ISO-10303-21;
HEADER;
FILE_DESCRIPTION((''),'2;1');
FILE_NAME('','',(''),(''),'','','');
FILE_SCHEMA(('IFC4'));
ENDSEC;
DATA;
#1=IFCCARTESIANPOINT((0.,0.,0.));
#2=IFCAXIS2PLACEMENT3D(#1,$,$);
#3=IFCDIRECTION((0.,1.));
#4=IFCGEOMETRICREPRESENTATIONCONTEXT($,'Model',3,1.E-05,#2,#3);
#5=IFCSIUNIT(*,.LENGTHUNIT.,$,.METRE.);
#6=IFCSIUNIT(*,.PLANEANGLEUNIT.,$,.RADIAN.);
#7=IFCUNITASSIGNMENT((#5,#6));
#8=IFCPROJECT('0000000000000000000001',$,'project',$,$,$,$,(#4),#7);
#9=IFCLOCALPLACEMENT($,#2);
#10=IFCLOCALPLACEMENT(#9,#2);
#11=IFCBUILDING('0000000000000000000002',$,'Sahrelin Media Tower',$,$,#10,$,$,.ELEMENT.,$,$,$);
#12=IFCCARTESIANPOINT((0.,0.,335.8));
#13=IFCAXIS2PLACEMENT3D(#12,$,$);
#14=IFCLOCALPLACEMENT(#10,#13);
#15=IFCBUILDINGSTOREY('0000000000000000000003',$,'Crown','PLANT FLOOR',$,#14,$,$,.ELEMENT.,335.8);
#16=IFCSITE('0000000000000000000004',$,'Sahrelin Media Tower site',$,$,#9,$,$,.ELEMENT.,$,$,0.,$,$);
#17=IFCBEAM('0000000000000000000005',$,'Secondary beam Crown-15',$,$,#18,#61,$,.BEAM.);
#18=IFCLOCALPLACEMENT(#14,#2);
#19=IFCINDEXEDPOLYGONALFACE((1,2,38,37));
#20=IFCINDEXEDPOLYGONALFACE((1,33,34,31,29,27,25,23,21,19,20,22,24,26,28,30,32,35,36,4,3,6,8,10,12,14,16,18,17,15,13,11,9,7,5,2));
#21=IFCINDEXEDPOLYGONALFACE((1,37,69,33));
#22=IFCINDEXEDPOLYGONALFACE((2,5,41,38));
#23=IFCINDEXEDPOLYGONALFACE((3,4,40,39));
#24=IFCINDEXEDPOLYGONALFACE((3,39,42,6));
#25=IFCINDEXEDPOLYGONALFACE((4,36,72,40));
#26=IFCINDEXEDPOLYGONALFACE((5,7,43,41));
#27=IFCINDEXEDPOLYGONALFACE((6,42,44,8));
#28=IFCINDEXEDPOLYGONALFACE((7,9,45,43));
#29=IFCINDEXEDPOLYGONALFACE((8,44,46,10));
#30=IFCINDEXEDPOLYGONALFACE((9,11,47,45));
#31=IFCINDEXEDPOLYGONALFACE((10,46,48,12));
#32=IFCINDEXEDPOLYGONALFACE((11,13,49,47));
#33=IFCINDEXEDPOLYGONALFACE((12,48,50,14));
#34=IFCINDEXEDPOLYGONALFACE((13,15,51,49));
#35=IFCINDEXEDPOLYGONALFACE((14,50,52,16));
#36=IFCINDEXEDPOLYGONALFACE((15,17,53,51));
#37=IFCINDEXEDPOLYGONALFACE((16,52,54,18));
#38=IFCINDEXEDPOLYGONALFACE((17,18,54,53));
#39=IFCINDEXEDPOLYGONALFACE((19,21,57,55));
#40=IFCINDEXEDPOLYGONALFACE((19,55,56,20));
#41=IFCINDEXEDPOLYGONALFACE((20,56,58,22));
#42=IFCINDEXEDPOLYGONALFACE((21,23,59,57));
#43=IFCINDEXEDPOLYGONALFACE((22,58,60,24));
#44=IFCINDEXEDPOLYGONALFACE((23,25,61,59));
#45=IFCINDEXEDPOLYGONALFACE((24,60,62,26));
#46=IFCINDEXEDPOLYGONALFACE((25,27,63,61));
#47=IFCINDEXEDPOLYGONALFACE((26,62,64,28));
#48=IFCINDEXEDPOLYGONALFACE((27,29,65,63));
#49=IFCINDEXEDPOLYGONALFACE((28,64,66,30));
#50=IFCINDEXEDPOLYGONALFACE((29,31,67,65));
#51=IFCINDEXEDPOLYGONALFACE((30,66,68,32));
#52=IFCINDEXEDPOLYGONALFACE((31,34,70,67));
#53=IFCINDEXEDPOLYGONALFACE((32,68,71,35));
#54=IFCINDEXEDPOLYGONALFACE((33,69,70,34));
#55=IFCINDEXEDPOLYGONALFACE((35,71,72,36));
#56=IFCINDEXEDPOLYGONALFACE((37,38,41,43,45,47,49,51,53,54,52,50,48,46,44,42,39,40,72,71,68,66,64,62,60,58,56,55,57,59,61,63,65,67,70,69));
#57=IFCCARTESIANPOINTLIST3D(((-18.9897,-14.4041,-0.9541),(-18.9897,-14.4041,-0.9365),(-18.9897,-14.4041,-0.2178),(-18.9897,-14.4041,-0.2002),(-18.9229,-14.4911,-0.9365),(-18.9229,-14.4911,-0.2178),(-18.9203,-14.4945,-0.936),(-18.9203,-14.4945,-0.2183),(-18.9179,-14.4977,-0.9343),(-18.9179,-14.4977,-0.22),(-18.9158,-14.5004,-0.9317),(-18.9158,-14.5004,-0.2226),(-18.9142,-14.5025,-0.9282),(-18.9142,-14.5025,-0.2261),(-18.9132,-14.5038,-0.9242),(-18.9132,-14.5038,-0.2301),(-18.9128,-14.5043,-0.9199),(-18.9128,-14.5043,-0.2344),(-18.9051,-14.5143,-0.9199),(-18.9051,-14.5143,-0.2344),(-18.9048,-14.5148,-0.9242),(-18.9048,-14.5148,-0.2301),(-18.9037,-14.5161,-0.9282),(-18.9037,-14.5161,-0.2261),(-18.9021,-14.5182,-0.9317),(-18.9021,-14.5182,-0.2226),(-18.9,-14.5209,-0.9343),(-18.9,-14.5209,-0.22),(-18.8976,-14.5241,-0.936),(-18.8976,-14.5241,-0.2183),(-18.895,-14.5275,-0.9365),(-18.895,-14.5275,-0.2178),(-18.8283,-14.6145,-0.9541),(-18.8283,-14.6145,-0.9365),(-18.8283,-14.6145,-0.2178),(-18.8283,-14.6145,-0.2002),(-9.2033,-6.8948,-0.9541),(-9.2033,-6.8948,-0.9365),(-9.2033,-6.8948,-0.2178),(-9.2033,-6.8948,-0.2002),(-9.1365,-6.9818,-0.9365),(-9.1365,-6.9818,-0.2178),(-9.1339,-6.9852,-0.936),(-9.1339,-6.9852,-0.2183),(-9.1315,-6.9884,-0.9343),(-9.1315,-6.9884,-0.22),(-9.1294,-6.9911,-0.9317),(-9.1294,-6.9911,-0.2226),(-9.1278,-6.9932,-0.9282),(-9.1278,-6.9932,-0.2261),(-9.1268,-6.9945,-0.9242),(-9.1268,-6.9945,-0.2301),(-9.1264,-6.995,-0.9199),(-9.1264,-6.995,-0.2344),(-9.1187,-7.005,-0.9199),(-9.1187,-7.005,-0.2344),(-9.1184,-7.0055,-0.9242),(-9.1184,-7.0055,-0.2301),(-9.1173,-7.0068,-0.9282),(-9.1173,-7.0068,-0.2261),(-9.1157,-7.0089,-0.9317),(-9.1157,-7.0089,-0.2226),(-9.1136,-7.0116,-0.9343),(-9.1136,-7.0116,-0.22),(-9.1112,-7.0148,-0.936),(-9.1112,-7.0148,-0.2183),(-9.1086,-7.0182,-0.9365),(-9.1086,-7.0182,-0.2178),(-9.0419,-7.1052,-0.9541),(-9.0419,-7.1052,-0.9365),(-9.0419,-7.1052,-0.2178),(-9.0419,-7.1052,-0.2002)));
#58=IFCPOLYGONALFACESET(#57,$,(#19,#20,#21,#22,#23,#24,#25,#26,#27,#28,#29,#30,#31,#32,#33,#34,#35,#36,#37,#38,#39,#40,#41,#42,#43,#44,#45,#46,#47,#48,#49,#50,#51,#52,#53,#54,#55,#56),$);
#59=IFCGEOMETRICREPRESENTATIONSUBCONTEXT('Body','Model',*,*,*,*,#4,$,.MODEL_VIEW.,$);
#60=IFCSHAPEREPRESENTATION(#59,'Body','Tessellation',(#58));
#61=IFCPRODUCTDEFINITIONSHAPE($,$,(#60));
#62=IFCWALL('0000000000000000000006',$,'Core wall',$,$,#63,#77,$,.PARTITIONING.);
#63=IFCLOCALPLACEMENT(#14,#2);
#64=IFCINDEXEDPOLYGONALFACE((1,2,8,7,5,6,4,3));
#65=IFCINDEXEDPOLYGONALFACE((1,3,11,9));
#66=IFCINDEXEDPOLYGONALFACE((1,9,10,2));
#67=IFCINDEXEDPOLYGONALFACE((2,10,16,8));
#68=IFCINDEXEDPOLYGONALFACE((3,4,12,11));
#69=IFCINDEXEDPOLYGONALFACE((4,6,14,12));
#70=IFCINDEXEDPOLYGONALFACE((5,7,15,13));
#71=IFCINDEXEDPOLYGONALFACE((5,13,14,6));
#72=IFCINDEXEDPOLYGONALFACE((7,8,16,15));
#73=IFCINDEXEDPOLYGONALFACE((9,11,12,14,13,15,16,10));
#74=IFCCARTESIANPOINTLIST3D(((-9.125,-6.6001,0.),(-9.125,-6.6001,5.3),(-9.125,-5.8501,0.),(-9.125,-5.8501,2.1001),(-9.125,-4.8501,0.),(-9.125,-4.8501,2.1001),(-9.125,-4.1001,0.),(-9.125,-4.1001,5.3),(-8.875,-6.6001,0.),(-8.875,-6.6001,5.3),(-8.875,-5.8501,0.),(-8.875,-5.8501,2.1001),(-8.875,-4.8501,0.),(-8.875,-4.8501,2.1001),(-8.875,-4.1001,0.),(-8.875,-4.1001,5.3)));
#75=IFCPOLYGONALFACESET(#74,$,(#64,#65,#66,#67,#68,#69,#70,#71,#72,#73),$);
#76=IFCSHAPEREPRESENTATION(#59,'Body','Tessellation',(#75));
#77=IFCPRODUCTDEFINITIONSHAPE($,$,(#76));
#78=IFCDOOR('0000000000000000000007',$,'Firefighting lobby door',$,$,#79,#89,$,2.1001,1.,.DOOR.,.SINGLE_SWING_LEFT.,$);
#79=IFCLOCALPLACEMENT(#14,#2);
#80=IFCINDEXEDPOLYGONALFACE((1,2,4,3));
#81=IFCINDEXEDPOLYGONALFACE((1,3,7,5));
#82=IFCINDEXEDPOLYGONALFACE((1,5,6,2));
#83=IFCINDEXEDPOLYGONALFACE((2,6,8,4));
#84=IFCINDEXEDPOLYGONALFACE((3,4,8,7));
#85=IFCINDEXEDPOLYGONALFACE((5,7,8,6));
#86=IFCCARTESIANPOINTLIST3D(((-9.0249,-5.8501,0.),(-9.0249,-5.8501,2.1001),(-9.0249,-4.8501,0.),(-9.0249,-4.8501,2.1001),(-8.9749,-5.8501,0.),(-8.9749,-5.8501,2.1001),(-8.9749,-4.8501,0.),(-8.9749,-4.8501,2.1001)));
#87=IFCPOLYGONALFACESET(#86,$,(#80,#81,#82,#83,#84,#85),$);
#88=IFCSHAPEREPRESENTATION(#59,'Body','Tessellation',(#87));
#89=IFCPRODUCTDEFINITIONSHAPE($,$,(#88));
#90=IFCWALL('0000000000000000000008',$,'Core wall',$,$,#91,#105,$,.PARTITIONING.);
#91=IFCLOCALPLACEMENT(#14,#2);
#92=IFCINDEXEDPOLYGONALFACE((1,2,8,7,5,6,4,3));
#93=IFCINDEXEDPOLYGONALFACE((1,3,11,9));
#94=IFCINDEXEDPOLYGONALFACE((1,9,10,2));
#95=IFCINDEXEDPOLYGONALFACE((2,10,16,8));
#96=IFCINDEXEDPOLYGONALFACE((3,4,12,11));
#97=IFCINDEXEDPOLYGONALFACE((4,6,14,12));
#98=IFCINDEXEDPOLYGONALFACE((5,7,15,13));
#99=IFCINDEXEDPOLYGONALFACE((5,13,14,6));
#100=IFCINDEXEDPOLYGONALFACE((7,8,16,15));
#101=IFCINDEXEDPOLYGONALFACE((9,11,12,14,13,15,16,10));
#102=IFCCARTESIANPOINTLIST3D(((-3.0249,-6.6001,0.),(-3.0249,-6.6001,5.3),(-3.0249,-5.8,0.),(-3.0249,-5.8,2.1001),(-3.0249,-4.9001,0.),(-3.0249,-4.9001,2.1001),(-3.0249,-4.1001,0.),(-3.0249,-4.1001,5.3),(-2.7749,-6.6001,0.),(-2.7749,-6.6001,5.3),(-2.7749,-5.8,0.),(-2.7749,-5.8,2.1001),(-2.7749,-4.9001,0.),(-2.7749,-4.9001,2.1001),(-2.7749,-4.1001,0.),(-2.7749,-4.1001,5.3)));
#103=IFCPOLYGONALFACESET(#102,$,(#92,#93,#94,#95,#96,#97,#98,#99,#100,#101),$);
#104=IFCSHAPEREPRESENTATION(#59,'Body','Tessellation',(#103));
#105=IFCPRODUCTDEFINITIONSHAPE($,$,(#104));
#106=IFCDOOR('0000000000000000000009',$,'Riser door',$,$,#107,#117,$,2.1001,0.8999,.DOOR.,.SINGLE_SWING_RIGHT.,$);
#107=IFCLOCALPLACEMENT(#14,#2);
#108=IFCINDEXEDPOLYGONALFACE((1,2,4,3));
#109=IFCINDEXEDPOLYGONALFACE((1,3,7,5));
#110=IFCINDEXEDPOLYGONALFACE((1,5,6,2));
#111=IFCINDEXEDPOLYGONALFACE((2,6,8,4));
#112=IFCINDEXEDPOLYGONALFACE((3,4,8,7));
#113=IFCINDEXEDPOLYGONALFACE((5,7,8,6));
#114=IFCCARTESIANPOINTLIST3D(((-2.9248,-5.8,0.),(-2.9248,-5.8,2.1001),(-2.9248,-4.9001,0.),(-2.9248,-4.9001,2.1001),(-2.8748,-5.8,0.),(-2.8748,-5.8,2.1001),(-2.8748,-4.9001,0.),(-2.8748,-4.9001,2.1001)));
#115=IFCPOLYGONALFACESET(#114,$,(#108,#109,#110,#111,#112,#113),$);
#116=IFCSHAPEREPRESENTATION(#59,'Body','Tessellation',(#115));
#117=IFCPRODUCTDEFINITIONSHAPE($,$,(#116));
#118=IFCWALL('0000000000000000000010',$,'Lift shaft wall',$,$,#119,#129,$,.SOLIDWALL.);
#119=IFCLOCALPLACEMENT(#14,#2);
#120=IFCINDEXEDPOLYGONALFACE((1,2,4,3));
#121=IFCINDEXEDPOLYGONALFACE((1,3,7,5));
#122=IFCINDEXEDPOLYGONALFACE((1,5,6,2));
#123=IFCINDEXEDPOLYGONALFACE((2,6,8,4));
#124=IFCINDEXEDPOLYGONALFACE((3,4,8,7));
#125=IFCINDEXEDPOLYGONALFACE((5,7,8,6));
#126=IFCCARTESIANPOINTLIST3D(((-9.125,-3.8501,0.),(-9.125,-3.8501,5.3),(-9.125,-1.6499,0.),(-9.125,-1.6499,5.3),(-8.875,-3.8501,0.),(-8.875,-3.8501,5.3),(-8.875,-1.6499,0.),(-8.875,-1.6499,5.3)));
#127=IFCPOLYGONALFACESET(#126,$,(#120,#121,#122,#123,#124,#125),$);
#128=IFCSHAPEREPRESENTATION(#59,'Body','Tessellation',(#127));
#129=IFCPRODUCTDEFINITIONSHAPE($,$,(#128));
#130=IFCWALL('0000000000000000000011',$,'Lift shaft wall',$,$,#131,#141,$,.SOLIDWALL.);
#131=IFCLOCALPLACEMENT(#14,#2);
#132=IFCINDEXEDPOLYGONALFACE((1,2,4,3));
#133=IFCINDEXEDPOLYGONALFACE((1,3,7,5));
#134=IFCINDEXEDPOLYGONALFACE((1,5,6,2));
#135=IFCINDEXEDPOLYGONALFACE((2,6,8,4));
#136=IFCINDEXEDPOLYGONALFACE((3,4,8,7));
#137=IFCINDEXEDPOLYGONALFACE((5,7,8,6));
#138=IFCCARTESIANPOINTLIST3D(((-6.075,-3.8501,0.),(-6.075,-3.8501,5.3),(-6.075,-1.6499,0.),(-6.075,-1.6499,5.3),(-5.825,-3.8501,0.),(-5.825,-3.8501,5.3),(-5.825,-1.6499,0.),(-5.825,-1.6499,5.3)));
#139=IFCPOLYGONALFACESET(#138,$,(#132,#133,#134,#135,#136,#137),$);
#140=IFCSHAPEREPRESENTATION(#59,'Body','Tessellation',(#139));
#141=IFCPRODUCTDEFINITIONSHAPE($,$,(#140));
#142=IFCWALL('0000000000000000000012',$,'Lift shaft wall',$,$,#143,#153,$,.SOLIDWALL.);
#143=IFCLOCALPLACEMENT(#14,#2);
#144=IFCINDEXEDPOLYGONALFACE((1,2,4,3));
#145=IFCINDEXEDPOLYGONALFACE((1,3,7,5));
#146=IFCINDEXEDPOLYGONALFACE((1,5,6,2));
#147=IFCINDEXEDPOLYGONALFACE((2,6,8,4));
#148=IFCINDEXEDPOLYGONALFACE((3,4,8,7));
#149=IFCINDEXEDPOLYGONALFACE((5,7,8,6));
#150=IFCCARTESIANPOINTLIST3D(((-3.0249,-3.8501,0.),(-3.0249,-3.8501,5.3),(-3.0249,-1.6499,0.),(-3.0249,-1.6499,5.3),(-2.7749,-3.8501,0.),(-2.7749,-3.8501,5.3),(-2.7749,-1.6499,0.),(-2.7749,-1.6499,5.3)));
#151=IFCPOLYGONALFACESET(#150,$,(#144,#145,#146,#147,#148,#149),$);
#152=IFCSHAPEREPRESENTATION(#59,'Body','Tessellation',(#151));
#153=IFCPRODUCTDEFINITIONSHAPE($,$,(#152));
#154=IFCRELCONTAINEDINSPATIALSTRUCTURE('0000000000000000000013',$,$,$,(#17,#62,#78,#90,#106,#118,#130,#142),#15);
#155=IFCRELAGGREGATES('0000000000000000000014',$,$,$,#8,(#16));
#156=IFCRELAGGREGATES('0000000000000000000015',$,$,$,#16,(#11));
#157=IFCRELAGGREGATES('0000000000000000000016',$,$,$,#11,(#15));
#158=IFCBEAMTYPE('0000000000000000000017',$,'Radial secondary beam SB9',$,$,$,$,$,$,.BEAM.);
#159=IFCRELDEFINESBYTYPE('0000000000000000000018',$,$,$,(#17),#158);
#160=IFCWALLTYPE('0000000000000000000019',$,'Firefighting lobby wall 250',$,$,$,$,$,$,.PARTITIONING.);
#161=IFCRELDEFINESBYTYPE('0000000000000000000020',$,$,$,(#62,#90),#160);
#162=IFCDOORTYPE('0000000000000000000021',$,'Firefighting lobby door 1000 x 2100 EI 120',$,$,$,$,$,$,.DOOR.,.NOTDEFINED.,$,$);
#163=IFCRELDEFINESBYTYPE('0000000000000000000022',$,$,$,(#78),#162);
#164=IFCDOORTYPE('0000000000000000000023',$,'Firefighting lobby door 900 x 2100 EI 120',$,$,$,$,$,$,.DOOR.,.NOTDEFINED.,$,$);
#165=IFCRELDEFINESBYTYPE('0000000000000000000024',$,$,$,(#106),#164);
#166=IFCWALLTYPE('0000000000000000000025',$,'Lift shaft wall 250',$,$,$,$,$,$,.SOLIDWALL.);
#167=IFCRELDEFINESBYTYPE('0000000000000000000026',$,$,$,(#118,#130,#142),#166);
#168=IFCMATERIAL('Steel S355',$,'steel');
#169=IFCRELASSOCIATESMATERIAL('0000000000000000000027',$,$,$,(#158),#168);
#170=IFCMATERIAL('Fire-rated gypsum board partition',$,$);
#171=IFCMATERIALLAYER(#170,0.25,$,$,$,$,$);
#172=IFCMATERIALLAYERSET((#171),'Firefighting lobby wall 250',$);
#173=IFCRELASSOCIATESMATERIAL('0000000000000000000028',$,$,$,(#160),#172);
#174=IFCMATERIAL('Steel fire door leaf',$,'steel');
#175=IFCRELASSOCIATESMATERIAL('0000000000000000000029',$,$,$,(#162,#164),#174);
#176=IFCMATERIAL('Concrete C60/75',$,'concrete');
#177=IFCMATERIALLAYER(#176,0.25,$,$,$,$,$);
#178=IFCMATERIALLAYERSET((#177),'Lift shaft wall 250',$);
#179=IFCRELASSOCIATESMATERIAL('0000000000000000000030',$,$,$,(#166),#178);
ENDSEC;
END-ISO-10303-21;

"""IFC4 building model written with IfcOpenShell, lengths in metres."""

from ifc_helpers import new_model, si_unit, direction, frame, frame_2d, origin, origin_2d, place, context, subcontext, project, spatial, rectangle, i_section, extrude, material, layer, layer_set, material_profile, profile_set, type_object, element, fill, save


model = new_model("IFC4")

# Units and contexts
model_context = context("Model", 3, precision=1e-05, world=origin(), true_north=direction((0.0, 1.0)))
body_context = subcontext(model_context, "Body", "Model", "MODEL_VIEW")
ifc_project = project(units=[si_unit("LENGTHUNIT", "METRE"), si_unit("PLANEANGLEUNIT", "RADIAN")], contexts=[model_context])

# Site, building, storey
site_placement = place(None, origin())
site = spatial("IfcSite", under=ifc_project, at=site_placement, Name="Sahrelin Media Tower site", CompositionType="ELEMENT", RefElevation=0.0)
building_placement = place(site_placement, origin())
building = spatial("IfcBuilding", under=site, at=building_placement, Name="Sahrelin Media Tower", CompositionType="ELEMENT")
storey_placement = place(building_placement, frame((0.0, 0.0, 335.8)))
storey = spatial("IfcBuildingStorey", under=building, at=storey_placement, Name="Crown", Description="PLANT FLOOR", CompositionType="ELEMENT", Elevation=335.8)

# Beam
ifc_material_1 = material(Name="Steel S355", Category="steel")
ifc_material_profile_1 = material_profile(ifc_material_1, i_section(OverallWidth=0.2651, OverallDepth=0.7539, WebThickness=0.0127, FlangeThickness=0.0176, FilletRadius=0.0166, at=origin_2d()), Name="UB 762x267x147")
ifc_profile_set_1 = profile_set([ifc_material_profile_1], Name="Steel S355")
beam_type_1 = type_object("IfcBeamType", Name="Radial secondary beam SB9", PredefinedType="BEAM", material=ifc_profile_set_1)
beam_1_placement = place(storey_placement, frame((-9.1226, -7.0, -0.5771), z_axis=(-0.793356, -0.608758, 0.0), x_axis=(0.608758, -0.793356, 0.0)))
element("IfcBeam", 1, at=beam_1_placement, inside=storey, type_object=beam_type_1, Name="Secondary beam Crown-15", PredefinedType="BEAM", context=body_context, shape_type="SweptSolid", body=[
    extrude(i_section(OverallWidth=0.2651, OverallDepth=0.7539, WebThickness=0.0127, FlangeThickness=0.0176, FilletRadius=0.0166, at=origin_2d()), origin(), (0.0, 0.0, 1.0), 12.3354),
])

# Walls, openings, doors
ifc_material_2 = material(Name="Fire-rated gypsum board partition")
ifc_layer_1 = layer(ifc_material_2, 0.25)
ifc_layer_set_1 = layer_set([ifc_layer_1], Name="Firefighting lobby wall 250")
wall_type_1 = type_object("IfcWallType", Name="Firefighting lobby wall 250", PredefinedType="PARTITIONING", material=ifc_layer_set_1)
wall_1_placement = place(storey_placement, frame((-9.0, -6.6001, 0.0), z_axis=(0.0, 0.0, 1.0), x_axis=(0.0, 1.0, 0.0)))
wall_1 = element("IfcWall", 2, at=wall_1_placement, inside=storey, type_object=wall_type_1, Name="Core wall", PredefinedType="PARTITIONING", context=body_context, shape_type="SweptSolid", body=[
    extrude(rectangle(XDim=2.5, YDim=0.25, at=frame_2d((1.25, 0.0))), origin(), (0.0, 0.0, 1.0), 5.3),
])
opening_1_placement = place(wall_1_placement, frame((0.75, 0.0, 0.0)))
opening_1 = element("IfcOpeningElement", 3, at=opening_1_placement, cuts=wall_1, PredefinedType="OPENING", context=body_context, shape_type="SweptSolid", body=[
    extrude(rectangle(XDim=1.0, YDim=2.1001, at=frame_2d((0.5, 1.05))), frame((0.0, 0.125, 0.0), z_axis=(0.0, -1.0, 0.0), x_axis=(1.0, 0.0, 0.0)), (0.0, 0.0, 1.0), 0.25),
])
ifc_material_3 = material(Name="Steel fire door leaf", Category="steel")
door_type_1 = type_object("IfcDoorType", Name="Firefighting lobby door 1000 x 2100 EI 120", OperationType="NOTDEFINED", PredefinedType="DOOR", material=ifc_material_3)
door_1_placement = place(opening_1_placement, origin())
door_1 = element("IfcDoor", 4, at=door_1_placement, inside=storey, type_object=door_type_1, Name="Firefighting lobby door", OperationType="SINGLE_SWING_LEFT", OverallHeight=2.1001, OverallWidth=1.0, PredefinedType="DOOR", context=body_context, shape_type="SweptSolid", body=[
    extrude(rectangle(XDim=1.0, YDim=2.1001, at=frame_2d((0.5, 1.05))), frame((0.0, 0.0249, 0.0), z_axis=(0.0, -1.0, 0.0), x_axis=(1.0, 0.0, 0.0)), (0.0, 0.0, 1.0), 0.05),
])
fill(opening_1, door_1)
wall_2_placement = place(storey_placement, frame((-2.8999, -6.6001, 0.0), z_axis=(0.0, 0.0, 1.0), x_axis=(0.0, 1.0, 0.0)))
wall_2 = element("IfcWall", 5, at=wall_2_placement, inside=storey, type_object=wall_type_1, Name="Core wall", PredefinedType="PARTITIONING", context=body_context, shape_type="SweptSolid", body=[
    extrude(rectangle(XDim=2.5, YDim=0.25, at=frame_2d((1.25, 0.0))), origin(), (0.0, 0.0, 1.0), 5.3),
])
opening_2_placement = place(wall_2_placement, frame((0.8, 0.0, 0.0)))
opening_2 = element("IfcOpeningElement", 6, at=opening_2_placement, cuts=wall_2, PredefinedType="OPENING", context=body_context, shape_type="SweptSolid", body=[
    extrude(rectangle(XDim=0.8999, YDim=2.1001, at=frame_2d((0.45, 1.05))), frame((0.0, 0.125, 0.0), z_axis=(0.0, -1.0, 0.0), x_axis=(1.0, 0.0, 0.0)), (0.0, 0.0, 1.0), 0.25),
])
door_type_2 = type_object("IfcDoorType", Name="Firefighting lobby door 900 x 2100 EI 120", OperationType="NOTDEFINED", PredefinedType="DOOR", material=ifc_material_3)
door_2_placement = place(opening_2_placement, origin())
door_2 = element("IfcDoor", 7, at=door_2_placement, inside=storey, type_object=door_type_2, Name="Riser door", OperationType="SINGLE_SWING_RIGHT", OverallHeight=2.1001, OverallWidth=0.8999, PredefinedType="DOOR", context=body_context, shape_type="SweptSolid", body=[
    extrude(rectangle(XDim=0.8999, YDim=2.1001, at=frame_2d((0.45, 1.05))), frame((0.0, 0.0249, 0.0), z_axis=(0.0, -1.0, 0.0), x_axis=(1.0, 0.0, 0.0)), (0.0, 0.0, 1.0), 0.05),
])
fill(opening_2, door_2)

# Walls
ifc_material_4 = material(Name="Concrete C60/75", Category="concrete")
ifc_layer_2 = layer(ifc_material_4, 0.25)
ifc_layer_set_2 = layer_set([ifc_layer_2], Name="Lift shaft wall 250")
wall_type_2 = type_object("IfcWallType", Name="Lift shaft wall 250", PredefinedType="SOLIDWALL", material=ifc_layer_set_2)
for number, where, z_axis, x_axis, name in (
    (8, (-9.0, -3.8501, 0.0), (0.0, 0.0, 1.0), (0.0, 1.0, 0.0), "Lift shaft wall"),
    (9, (-5.95, -3.8501, 0.0), (0.0, 0.0, 1.0), (0.0, 1.0, 0.0), "Lift shaft wall"),
    (10, (-2.8999, -3.8501, 0.0), (0.0, 0.0, 1.0), (0.0, 1.0, 0.0), "Lift shaft wall"),
):
    element("IfcWall", number, at=place(storey_placement, frame(where, z_axis=z_axis, x_axis=x_axis)), inside=storey, type_object=wall_type_2, Name=name, PredefinedType="SOLIDWALL", context=body_context, shape_type="SweptSolid", body=[
        extrude(rectangle(XDim=2.2002, YDim=0.25, at=frame_2d((1.1001, 0.0))), origin(), (0.0, 0.0, 1.0), 5.3),
    ])

save(model, "model.ifc")
